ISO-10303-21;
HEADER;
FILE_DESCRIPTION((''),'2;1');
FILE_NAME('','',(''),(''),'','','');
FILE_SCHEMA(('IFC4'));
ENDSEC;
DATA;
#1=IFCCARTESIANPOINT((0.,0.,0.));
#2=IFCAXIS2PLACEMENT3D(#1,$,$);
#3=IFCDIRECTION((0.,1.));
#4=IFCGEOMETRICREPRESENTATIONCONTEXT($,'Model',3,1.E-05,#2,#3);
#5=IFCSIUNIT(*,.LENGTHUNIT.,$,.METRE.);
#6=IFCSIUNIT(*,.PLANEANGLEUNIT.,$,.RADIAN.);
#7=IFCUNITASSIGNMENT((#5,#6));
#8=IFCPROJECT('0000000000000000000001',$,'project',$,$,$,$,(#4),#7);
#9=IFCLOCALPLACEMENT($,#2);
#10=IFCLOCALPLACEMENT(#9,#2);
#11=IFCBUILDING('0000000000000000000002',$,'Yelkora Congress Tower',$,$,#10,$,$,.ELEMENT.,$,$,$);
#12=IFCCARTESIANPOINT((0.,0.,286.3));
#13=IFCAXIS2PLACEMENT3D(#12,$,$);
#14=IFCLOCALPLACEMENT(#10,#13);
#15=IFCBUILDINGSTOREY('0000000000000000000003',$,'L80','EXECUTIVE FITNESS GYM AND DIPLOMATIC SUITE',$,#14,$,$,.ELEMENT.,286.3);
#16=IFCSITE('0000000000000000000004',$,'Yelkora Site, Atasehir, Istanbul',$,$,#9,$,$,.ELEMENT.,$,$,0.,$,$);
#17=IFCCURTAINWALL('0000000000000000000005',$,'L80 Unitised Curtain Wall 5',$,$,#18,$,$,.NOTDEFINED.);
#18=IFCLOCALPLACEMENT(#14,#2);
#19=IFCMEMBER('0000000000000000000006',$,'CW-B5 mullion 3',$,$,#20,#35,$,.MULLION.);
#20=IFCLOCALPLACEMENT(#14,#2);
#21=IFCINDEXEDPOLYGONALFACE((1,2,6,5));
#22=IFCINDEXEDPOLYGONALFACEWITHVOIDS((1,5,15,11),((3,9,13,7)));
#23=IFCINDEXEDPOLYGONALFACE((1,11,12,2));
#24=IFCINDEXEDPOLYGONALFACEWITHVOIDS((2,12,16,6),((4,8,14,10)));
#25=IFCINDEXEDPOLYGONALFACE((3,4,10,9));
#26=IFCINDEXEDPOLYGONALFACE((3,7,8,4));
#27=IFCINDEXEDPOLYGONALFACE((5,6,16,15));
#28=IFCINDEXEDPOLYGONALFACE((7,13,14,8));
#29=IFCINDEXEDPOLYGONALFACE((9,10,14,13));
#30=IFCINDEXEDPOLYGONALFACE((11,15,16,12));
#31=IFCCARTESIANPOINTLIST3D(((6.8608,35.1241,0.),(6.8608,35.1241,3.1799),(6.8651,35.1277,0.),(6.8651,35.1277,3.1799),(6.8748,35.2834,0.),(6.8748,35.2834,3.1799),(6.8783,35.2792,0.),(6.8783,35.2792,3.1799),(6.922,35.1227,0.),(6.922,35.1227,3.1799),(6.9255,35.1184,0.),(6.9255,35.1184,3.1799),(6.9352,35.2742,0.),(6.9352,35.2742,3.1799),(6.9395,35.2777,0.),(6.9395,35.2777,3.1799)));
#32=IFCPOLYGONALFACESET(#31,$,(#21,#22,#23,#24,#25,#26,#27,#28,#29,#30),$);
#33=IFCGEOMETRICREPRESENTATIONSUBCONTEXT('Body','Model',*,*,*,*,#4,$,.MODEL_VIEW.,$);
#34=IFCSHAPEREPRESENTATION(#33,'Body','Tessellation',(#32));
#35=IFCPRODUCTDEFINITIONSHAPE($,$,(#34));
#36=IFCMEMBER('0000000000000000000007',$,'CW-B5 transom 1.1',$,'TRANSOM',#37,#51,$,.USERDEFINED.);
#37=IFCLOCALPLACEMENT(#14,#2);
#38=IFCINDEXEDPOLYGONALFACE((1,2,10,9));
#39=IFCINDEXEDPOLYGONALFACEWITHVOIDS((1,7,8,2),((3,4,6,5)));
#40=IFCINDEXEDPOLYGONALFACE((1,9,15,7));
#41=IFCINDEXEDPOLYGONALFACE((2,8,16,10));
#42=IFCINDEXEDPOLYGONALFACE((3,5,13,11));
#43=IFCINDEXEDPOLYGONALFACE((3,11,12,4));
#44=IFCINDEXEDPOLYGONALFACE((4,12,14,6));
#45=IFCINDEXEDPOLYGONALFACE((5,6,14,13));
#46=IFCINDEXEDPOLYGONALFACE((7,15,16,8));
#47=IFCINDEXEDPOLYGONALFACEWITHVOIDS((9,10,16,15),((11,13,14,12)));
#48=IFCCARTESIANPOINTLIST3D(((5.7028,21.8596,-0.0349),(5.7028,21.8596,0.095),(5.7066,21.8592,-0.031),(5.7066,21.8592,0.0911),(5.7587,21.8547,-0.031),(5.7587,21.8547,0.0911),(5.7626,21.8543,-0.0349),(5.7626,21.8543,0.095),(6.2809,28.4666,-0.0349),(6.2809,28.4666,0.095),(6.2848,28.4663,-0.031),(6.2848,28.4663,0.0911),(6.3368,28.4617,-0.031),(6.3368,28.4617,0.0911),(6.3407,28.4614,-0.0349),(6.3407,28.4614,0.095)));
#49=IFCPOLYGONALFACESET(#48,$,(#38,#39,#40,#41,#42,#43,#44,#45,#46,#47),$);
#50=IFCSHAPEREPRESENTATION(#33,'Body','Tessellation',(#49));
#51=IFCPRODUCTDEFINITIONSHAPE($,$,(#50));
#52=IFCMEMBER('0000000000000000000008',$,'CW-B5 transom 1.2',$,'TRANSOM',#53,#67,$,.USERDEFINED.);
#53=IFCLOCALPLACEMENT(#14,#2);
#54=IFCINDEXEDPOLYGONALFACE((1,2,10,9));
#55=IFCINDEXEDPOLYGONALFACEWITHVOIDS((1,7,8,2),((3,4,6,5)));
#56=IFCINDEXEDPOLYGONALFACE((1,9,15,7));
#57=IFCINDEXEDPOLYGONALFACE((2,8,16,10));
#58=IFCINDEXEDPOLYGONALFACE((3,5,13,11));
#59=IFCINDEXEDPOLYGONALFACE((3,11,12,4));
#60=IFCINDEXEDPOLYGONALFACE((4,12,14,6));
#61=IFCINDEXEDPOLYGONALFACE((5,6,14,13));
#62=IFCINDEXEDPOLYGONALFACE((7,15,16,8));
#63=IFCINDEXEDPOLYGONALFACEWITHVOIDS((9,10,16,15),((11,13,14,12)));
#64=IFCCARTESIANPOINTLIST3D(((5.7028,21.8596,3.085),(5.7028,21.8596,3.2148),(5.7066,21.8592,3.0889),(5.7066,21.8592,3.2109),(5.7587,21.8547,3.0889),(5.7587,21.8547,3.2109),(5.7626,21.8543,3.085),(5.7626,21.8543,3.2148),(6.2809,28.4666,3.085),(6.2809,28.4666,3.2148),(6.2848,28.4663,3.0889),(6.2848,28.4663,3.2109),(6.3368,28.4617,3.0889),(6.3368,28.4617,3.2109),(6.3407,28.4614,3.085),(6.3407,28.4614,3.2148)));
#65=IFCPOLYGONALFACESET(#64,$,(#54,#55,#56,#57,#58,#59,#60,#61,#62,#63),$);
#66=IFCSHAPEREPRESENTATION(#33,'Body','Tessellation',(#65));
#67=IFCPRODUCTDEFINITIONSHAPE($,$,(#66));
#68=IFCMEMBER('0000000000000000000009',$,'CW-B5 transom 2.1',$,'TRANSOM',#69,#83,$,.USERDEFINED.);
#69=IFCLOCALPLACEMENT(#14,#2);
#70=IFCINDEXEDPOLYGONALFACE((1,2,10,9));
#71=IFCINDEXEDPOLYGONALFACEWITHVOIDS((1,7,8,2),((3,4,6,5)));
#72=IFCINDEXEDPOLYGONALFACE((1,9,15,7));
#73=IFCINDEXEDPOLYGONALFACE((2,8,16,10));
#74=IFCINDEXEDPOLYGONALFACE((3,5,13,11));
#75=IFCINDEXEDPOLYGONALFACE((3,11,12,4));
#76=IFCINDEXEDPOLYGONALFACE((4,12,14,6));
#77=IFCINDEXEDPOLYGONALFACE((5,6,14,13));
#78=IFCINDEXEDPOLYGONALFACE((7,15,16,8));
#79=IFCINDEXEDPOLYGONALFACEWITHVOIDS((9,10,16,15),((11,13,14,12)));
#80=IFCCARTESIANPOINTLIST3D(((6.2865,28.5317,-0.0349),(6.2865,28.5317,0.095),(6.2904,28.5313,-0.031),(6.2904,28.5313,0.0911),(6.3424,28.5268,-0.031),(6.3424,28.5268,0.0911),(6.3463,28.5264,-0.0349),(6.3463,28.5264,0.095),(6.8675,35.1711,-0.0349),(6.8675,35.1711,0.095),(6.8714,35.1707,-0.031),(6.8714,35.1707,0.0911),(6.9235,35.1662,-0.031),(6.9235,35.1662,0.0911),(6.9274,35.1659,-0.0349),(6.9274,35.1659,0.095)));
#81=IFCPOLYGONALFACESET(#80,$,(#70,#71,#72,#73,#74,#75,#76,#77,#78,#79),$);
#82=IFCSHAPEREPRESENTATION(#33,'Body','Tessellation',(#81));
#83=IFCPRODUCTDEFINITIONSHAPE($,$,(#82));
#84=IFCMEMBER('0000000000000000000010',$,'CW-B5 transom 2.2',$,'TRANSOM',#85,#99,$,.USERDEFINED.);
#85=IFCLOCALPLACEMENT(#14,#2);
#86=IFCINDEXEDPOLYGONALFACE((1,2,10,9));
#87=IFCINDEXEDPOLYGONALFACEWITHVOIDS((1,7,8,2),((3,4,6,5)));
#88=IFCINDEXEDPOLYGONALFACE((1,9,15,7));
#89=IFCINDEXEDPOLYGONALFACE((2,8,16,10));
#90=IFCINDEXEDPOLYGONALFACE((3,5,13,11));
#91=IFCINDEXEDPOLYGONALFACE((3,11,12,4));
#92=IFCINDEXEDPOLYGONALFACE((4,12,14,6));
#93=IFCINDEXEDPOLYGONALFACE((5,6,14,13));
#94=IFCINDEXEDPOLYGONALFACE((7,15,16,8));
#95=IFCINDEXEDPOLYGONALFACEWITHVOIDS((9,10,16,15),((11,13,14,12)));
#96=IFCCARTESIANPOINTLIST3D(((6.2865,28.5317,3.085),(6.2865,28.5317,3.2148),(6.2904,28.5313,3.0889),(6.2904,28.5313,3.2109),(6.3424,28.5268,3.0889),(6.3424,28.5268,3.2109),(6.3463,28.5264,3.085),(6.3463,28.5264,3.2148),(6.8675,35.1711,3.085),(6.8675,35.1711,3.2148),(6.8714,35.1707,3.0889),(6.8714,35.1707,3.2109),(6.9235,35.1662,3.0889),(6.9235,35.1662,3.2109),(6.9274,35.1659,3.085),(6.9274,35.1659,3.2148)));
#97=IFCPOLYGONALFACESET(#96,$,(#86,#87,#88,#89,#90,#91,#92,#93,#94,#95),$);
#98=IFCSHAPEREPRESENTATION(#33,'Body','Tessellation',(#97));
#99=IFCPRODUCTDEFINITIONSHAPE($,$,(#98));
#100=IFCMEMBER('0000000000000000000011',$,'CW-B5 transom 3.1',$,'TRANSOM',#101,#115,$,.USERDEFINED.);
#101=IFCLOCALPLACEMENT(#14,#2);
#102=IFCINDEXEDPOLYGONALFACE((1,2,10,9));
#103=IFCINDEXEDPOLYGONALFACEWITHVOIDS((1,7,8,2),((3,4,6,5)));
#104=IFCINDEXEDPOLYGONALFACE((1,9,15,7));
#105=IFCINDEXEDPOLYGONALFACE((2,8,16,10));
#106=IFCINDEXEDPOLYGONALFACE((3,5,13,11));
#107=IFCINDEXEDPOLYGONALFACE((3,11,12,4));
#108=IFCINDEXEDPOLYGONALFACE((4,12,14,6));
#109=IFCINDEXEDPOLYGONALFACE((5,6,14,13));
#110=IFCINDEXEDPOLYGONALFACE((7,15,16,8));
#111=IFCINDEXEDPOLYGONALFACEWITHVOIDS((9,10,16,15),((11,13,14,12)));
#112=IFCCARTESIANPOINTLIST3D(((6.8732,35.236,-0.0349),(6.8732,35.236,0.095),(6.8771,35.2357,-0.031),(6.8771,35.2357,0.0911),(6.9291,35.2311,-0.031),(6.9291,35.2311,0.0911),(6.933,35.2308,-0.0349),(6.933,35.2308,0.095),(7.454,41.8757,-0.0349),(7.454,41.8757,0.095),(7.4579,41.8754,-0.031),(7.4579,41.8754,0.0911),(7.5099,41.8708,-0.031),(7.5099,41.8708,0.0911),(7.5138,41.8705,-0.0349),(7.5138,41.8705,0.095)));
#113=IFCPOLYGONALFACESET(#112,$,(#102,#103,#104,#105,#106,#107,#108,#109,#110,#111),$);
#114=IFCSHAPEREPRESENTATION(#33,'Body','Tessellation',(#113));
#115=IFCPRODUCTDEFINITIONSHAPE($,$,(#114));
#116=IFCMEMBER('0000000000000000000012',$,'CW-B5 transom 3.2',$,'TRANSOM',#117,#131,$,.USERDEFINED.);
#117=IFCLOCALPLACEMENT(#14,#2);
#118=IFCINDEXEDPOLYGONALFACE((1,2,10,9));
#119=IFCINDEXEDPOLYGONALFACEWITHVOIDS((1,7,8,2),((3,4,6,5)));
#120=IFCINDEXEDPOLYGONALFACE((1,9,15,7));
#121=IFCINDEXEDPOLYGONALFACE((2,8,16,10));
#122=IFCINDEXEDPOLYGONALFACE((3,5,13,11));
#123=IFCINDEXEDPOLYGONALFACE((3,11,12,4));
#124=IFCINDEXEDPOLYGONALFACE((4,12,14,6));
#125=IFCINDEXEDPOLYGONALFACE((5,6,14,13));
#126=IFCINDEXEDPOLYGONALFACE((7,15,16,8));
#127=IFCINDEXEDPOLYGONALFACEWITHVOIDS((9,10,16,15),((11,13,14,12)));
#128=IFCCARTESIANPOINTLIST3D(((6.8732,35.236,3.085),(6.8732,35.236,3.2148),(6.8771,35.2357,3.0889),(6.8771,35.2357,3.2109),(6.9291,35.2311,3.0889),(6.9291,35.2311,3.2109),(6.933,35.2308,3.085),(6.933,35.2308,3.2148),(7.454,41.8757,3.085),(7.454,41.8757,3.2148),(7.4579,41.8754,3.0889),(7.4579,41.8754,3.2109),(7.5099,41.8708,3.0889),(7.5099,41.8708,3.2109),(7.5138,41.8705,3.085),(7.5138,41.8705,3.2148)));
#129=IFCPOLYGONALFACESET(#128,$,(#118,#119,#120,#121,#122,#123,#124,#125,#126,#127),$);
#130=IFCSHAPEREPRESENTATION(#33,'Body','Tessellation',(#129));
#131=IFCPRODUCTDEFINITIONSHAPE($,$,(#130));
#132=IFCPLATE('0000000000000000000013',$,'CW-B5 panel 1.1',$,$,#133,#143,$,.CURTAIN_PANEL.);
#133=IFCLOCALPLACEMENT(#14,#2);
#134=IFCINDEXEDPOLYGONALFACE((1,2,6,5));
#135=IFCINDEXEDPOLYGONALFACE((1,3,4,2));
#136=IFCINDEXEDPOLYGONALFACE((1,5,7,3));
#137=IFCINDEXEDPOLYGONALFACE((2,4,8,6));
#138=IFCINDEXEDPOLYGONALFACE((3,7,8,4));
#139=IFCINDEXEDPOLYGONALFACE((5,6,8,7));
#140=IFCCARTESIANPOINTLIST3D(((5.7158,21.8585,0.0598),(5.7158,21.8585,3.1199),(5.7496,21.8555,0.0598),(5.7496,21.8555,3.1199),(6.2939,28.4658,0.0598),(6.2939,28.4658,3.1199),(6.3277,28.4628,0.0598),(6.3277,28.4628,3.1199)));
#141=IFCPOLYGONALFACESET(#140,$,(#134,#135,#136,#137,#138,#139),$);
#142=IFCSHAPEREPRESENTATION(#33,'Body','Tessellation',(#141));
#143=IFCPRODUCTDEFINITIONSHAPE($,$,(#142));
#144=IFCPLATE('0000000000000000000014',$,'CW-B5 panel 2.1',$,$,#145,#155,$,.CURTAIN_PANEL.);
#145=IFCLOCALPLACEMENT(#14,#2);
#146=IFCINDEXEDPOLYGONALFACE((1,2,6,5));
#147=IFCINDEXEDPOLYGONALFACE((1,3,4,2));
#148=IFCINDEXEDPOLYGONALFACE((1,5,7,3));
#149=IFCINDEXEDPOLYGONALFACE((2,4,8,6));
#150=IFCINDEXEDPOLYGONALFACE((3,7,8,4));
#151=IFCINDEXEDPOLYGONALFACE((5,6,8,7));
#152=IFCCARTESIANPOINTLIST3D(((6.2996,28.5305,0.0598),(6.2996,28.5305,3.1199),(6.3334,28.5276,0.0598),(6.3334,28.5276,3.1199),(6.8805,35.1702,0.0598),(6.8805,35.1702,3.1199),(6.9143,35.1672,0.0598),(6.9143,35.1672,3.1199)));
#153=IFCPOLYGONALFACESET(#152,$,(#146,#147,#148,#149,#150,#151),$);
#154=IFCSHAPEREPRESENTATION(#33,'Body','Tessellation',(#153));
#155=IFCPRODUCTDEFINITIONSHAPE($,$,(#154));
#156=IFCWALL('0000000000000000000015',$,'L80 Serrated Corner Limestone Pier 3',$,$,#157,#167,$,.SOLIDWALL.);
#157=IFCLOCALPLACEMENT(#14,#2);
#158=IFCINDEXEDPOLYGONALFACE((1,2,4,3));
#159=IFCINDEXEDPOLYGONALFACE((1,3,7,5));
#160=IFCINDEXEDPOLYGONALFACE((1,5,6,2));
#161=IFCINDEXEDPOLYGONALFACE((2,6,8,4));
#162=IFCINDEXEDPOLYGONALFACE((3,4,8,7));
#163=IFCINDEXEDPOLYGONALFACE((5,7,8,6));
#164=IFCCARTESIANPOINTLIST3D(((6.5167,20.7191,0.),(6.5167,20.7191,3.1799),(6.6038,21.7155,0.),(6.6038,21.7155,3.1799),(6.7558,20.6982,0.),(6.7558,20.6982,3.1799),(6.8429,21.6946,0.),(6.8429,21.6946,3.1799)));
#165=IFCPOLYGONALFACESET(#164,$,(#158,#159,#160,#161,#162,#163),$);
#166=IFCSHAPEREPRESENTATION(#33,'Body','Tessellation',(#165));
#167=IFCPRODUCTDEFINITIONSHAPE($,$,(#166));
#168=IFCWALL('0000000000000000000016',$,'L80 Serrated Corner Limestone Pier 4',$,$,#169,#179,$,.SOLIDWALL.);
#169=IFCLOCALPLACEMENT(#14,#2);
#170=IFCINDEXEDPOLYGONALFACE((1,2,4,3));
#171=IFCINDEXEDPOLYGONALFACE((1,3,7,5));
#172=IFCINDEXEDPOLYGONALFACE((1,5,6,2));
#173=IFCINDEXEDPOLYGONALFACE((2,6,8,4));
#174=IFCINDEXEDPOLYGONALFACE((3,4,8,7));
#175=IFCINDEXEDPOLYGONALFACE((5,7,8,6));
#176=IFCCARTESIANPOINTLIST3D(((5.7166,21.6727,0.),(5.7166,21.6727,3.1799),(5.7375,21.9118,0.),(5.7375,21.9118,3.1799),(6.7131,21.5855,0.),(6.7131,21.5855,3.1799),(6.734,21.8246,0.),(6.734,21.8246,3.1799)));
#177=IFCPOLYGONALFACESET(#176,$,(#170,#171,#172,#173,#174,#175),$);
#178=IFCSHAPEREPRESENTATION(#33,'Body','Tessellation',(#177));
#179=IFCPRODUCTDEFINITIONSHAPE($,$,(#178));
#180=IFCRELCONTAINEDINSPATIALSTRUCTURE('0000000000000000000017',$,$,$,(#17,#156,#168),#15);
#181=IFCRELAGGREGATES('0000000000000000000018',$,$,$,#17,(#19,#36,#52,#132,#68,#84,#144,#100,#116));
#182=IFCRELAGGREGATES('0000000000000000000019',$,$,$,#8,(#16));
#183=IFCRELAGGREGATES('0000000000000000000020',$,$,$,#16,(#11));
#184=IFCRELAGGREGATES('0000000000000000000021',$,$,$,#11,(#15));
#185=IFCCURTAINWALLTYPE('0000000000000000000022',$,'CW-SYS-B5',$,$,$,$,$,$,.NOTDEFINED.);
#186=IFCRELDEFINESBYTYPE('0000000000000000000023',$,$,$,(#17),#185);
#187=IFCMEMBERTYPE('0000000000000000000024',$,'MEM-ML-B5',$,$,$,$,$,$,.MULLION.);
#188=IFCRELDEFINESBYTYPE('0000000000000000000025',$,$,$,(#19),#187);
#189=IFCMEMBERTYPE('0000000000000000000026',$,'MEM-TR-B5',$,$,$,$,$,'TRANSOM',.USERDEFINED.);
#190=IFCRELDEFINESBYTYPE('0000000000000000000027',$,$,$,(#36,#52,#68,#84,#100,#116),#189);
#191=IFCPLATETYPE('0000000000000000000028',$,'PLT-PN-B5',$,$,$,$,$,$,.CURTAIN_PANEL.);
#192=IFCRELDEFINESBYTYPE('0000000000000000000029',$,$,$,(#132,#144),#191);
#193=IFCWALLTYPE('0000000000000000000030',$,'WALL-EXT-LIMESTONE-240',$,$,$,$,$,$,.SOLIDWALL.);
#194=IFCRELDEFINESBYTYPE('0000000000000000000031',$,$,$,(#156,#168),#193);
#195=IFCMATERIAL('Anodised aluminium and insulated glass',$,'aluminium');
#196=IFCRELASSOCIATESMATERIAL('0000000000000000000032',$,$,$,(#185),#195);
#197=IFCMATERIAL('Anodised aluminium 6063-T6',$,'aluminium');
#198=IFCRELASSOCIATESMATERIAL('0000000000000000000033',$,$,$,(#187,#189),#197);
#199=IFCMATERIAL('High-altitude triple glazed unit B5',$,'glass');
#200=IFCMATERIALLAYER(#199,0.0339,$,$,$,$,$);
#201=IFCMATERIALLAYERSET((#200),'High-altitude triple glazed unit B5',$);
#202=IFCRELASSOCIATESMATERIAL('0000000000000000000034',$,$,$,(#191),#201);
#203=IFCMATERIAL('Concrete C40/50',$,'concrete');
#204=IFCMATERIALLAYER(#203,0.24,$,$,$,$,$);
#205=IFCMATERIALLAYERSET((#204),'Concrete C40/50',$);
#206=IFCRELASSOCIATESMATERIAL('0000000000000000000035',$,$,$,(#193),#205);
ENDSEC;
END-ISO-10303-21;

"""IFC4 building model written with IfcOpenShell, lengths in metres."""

from ifc_helpers import new_model, si_unit, direction, frame, frame_2d, origin, origin_2d, place, context, subcontext, project, spatial, rectangle, hollow_rectangle, extrude, material, layer, layer_set, material_profile, profile_set, type_object, element, aggregate, save


model = new_model("IFC4")

# Units and contexts
model_context = context("Model", 3, precision=1e-05, world=origin(), true_north=direction((0.0, 1.0)))
body_context = subcontext(model_context, "Body", "Model", "MODEL_VIEW")
ifc_project = project(units=[si_unit("LENGTHUNIT", "METRE"), si_unit("PLANEANGLEUNIT", "RADIAN")], contexts=[model_context])

# Site, building, storey
site_placement = place(None, origin())
site = spatial("IfcSite", under=ifc_project, at=site_placement, Name="Yelkora Site, Atasehir, Istanbul", CompositionType="ELEMENT", RefElevation=0.0)
building_placement = place(site_placement, origin())
building = spatial("IfcBuilding", under=site, at=building_placement, Name="Yelkora Congress Tower", CompositionType="ELEMENT")
storey_placement = place(building_placement, frame((0.0, 0.0, 286.3)))
storey = spatial("IfcBuildingStorey", under=building, at=storey_placement, Name="L80", Description="EXECUTIVE FITNESS GYM AND DIPLOMATIC SUITE", CompositionType="ELEMENT", Elevation=286.3)

# Curtain wall, members, plates
ifc_material_1 = material(Name="Anodised aluminium and insulated glass", Category="aluminium")
curtain_wall_type = type_object("IfcCurtainWallType", Name="CW-SYS-B5", PredefinedType="NOTDEFINED", material=ifc_material_1)
curtain_wall_placement = place(storey_placement, origin())
curtain_wall = element("IfcCurtainWall", 1, at=curtain_wall_placement, inside=storey, type_object=curtain_wall_type, Name="L80 Unitised Curtain Wall 5", PredefinedType="NOTDEFINED")
ifc_material_2 = material(Name="Anodised aluminium 6063-T6", Category="aluminium")
ifc_material_profile_1 = material_profile(ifc_material_2, hollow_rectangle(XDim=0.0649, YDim=0.1599, WallThickness=0.0039, at=origin_2d()), Name="ALU 65x160x4")
ifc_profile_set_1 = profile_set([ifc_material_profile_1], Name="Anodised aluminium 6063-T6")
member_type_1 = type_object("IfcMemberType", Name="MEM-ML-B5", PredefinedType="MULLION", material=ifc_profile_set_1)
member_1_placement = place(storey_placement, frame((6.9001, 35.2009, 0.0), z_axis=(0.0, 0.0, 1.0), x_axis=(-0.996195, 0.087155, 0.0)))
member_1 = element("IfcMember", 2, at=member_1_placement, type_object=member_type_1, Name="CW-B5 mullion 3", PredefinedType="MULLION", context=body_context, shape_type="SweptSolid", body=[
    extrude(hollow_rectangle(XDim=0.0649, YDim=0.1599, WallThickness=0.0039, at=origin_2d()), origin(), (0.0, 0.0, 1.0), 3.1799),
])
ifc_material_profile_2 = material_profile(ifc_material_2, hollow_rectangle(XDim=0.0601, YDim=0.1299, WallThickness=0.0039, at=origin_2d()), Name="ALU 60x130x4")
ifc_profile_set_2 = profile_set([ifc_material_profile_2], Name="Anodised aluminium 6063-T6")
member_type_2 = type_object("IfcMemberType", Name="MEM-TR-B5", ElementType="TRANSOM", PredefinedType="USERDEFINED", material=ifc_profile_set_2)
member_2_placement = place(storey_placement, frame((5.7327, 21.8569, 0.03), z_axis=(0.087166, 0.996194, 0.0), x_axis=(-0.996194, 0.087166, 0.0)))
member_2 = element("IfcMember", 3, at=member_2_placement, type_object=member_type_2, Name="CW-B5 transom 1.1", ObjectType="TRANSOM", PredefinedType="USERDEFINED", context=body_context, shape_type="SweptSolid", body=[
    extrude(hollow_rectangle(XDim=0.0601, YDim=0.1299, WallThickness=0.0039, at=origin_2d()), origin(), (0.0, 0.0, 1.0), 6.6323),
])
member_3_placement = place(storey_placement, frame((5.7327, 21.8569, 3.1499), z_axis=(0.087166, 0.996194, 0.0), x_axis=(-0.996194, 0.087166, 0.0)))
member_3 = element("IfcMember", 4, at=member_3_placement, type_object=member_type_2, Name="CW-B5 transom 1.2", ObjectType="TRANSOM", PredefinedType="USERDEFINED", context=body_context, shape_type="SweptSolid", body=[
    extrude(hollow_rectangle(XDim=0.0601, YDim=0.1299, WallThickness=0.0039, at=origin_2d()), origin(), (0.0, 0.0, 1.0), 6.6323),
])
member_4_placement = place(storey_placement, frame((6.3164, 28.5291, 0.03), z_axis=(0.087183, 0.996192, 0.0), x_axis=(-0.996192, 0.087183, 0.0)))
member_4 = element("IfcMember", 5, at=member_4_placement, type_object=member_type_2, Name="CW-B5 transom 2.1", ObjectType="TRANSOM", PredefinedType="USERDEFINED", context=body_context, shape_type="SweptSolid", body=[
    extrude(hollow_rectangle(XDim=0.0601, YDim=0.1299, WallThickness=0.0039, at=origin_2d()), origin(), (0.0, 0.0, 1.0), 6.6648),
])
member_5_placement = place(storey_placement, frame((6.3164, 28.5291, 3.1499), z_axis=(0.087183, 0.996192, 0.0), x_axis=(-0.996192, 0.087183, 0.0)))
member_5 = element("IfcMember", 6, at=member_5_placement, type_object=member_type_2, Name="CW-B5 transom 2.2", ObjectType="TRANSOM", PredefinedType="USERDEFINED", context=body_context, shape_type="SweptSolid", body=[
    extrude(hollow_rectangle(XDim=0.0601, YDim=0.1299, WallThickness=0.0039, at=origin_2d()), origin(), (0.0, 0.0, 1.0), 6.6648),
])
member_6_placement = place(storey_placement, frame((6.9031, 35.2334, 0.03), z_axis=(0.087143, 0.996196, 0.0), x_axis=(-0.996196, 0.087143, 0.0)))
member_6 = element("IfcMember", 7, at=member_6_placement, type_object=member_type_2, Name="CW-B5 transom 3.1", ObjectType="TRANSOM", PredefinedType="USERDEFINED", context=body_context, shape_type="SweptSolid", body=[
    extrude(hollow_rectangle(XDim=0.0601, YDim=0.1299, WallThickness=0.0039, at=origin_2d()), origin(), (0.0, 0.0, 1.0), 6.665),
])
member_7_placement = place(storey_placement, frame((6.9031, 35.2334, 3.1499), z_axis=(0.087143, 0.996196, 0.0), x_axis=(-0.996196, 0.087143, 0.0)))
member_7 = element("IfcMember", 8, at=member_7_placement, type_object=member_type_2, Name="CW-B5 transom 3.2", ObjectType="TRANSOM", PredefinedType="USERDEFINED", context=body_context, shape_type="SweptSolid", body=[
    extrude(hollow_rectangle(XDim=0.0601, YDim=0.1299, WallThickness=0.0039, at=origin_2d()), origin(), (0.0, 0.0, 1.0), 6.665),
])
ifc_material_3 = material(Name="High-altitude triple glazed unit B5", Category="glass")
ifc_layer_1 = layer(ifc_material_3, 0.0339)
ifc_layer_set_1 = layer_set([ifc_layer_1], Name="High-altitude triple glazed unit B5")
plate_type = type_object("IfcPlateType", Name="PLT-PN-B5", PredefinedType="CURTAIN_PANEL", material=ifc_layer_set_1)
plate_1_placement = place(storey_placement, frame((6.0217, 25.1606, 0.0598), z_axis=(0.0, 0.0, 1.0), x_axis=(0.087155, 0.996195, 0.0)))
plate_1 = element("IfcPlate", 9, at=plate_1_placement, type_object=plate_type, Name="CW-B5 panel 1.1", PredefinedType="CURTAIN_PANEL", context=body_context, shape_type="SweptSolid", body=[
    extrude(rectangle(XDim=6.6326, YDim=0.0339, at=origin_2d()), origin(), (0.0, 0.0, 1.0), 3.0601),
])
plate_2_placement = place(storey_placement, frame((6.6069, 31.8489, 0.0598), z_axis=(0.0, 0.0, 1.0), x_axis=(0.087155, 0.996195, 0.0)))
plate_2 = element("IfcPlate", 10, at=plate_2_placement, type_object=plate_type, Name="CW-B5 panel 2.1", PredefinedType="CURTAIN_PANEL", context=body_context, shape_type="SweptSolid", body=[
    extrude(rectangle(XDim=6.665, YDim=0.0339, at=origin_2d()), origin(), (0.0, 0.0, 1.0), 3.0601),
])
aggregate(curtain_wall, [member_1, member_2, member_3, plate_1, member_4, member_5, plate_2, member_6, member_7])

# Walls
ifc_material_4 = material(Name="Concrete C40/50", Category="concrete")
ifc_layer_2 = layer(ifc_material_4, 0.24)
ifc_layer_set_2 = layer_set([ifc_layer_2], Name="Concrete C40/50")
wall_type_1 = type_object("IfcWallType", Name="WALL-EXT-LIMESTONE-240", PredefinedType="SOLIDWALL", material=ifc_layer_set_2)
for number, where, z_axis, x_axis, name in (
    (11, (6.6362, 20.7087, 0.0), (0.0, 0.0, 1.0), (0.087146, 0.996196, 0.0), "L80 Serrated Corner Limestone Pier 3"),
    (12, (6.7234, 21.7051, 0.0), (0.0, 0.0, 1.0), (-0.996196, 0.087146, 0.0), "L80 Serrated Corner Limestone Pier 4"),
):
    element("IfcWall", number, at=place(storey_placement, frame(where, z_axis=z_axis, x_axis=x_axis)), inside=storey, type_object=wall_type_1, Name=name, PredefinedType="SOLIDWALL", context=body_context, shape_type="SweptSolid", body=[
        extrude(rectangle(XDim=1.0002, YDim=0.24, at=frame_2d((0.5, 0.0))), origin(), (0.0, 0.0, 1.0), 3.1799),
    ])

save(model, "model.ifc")
